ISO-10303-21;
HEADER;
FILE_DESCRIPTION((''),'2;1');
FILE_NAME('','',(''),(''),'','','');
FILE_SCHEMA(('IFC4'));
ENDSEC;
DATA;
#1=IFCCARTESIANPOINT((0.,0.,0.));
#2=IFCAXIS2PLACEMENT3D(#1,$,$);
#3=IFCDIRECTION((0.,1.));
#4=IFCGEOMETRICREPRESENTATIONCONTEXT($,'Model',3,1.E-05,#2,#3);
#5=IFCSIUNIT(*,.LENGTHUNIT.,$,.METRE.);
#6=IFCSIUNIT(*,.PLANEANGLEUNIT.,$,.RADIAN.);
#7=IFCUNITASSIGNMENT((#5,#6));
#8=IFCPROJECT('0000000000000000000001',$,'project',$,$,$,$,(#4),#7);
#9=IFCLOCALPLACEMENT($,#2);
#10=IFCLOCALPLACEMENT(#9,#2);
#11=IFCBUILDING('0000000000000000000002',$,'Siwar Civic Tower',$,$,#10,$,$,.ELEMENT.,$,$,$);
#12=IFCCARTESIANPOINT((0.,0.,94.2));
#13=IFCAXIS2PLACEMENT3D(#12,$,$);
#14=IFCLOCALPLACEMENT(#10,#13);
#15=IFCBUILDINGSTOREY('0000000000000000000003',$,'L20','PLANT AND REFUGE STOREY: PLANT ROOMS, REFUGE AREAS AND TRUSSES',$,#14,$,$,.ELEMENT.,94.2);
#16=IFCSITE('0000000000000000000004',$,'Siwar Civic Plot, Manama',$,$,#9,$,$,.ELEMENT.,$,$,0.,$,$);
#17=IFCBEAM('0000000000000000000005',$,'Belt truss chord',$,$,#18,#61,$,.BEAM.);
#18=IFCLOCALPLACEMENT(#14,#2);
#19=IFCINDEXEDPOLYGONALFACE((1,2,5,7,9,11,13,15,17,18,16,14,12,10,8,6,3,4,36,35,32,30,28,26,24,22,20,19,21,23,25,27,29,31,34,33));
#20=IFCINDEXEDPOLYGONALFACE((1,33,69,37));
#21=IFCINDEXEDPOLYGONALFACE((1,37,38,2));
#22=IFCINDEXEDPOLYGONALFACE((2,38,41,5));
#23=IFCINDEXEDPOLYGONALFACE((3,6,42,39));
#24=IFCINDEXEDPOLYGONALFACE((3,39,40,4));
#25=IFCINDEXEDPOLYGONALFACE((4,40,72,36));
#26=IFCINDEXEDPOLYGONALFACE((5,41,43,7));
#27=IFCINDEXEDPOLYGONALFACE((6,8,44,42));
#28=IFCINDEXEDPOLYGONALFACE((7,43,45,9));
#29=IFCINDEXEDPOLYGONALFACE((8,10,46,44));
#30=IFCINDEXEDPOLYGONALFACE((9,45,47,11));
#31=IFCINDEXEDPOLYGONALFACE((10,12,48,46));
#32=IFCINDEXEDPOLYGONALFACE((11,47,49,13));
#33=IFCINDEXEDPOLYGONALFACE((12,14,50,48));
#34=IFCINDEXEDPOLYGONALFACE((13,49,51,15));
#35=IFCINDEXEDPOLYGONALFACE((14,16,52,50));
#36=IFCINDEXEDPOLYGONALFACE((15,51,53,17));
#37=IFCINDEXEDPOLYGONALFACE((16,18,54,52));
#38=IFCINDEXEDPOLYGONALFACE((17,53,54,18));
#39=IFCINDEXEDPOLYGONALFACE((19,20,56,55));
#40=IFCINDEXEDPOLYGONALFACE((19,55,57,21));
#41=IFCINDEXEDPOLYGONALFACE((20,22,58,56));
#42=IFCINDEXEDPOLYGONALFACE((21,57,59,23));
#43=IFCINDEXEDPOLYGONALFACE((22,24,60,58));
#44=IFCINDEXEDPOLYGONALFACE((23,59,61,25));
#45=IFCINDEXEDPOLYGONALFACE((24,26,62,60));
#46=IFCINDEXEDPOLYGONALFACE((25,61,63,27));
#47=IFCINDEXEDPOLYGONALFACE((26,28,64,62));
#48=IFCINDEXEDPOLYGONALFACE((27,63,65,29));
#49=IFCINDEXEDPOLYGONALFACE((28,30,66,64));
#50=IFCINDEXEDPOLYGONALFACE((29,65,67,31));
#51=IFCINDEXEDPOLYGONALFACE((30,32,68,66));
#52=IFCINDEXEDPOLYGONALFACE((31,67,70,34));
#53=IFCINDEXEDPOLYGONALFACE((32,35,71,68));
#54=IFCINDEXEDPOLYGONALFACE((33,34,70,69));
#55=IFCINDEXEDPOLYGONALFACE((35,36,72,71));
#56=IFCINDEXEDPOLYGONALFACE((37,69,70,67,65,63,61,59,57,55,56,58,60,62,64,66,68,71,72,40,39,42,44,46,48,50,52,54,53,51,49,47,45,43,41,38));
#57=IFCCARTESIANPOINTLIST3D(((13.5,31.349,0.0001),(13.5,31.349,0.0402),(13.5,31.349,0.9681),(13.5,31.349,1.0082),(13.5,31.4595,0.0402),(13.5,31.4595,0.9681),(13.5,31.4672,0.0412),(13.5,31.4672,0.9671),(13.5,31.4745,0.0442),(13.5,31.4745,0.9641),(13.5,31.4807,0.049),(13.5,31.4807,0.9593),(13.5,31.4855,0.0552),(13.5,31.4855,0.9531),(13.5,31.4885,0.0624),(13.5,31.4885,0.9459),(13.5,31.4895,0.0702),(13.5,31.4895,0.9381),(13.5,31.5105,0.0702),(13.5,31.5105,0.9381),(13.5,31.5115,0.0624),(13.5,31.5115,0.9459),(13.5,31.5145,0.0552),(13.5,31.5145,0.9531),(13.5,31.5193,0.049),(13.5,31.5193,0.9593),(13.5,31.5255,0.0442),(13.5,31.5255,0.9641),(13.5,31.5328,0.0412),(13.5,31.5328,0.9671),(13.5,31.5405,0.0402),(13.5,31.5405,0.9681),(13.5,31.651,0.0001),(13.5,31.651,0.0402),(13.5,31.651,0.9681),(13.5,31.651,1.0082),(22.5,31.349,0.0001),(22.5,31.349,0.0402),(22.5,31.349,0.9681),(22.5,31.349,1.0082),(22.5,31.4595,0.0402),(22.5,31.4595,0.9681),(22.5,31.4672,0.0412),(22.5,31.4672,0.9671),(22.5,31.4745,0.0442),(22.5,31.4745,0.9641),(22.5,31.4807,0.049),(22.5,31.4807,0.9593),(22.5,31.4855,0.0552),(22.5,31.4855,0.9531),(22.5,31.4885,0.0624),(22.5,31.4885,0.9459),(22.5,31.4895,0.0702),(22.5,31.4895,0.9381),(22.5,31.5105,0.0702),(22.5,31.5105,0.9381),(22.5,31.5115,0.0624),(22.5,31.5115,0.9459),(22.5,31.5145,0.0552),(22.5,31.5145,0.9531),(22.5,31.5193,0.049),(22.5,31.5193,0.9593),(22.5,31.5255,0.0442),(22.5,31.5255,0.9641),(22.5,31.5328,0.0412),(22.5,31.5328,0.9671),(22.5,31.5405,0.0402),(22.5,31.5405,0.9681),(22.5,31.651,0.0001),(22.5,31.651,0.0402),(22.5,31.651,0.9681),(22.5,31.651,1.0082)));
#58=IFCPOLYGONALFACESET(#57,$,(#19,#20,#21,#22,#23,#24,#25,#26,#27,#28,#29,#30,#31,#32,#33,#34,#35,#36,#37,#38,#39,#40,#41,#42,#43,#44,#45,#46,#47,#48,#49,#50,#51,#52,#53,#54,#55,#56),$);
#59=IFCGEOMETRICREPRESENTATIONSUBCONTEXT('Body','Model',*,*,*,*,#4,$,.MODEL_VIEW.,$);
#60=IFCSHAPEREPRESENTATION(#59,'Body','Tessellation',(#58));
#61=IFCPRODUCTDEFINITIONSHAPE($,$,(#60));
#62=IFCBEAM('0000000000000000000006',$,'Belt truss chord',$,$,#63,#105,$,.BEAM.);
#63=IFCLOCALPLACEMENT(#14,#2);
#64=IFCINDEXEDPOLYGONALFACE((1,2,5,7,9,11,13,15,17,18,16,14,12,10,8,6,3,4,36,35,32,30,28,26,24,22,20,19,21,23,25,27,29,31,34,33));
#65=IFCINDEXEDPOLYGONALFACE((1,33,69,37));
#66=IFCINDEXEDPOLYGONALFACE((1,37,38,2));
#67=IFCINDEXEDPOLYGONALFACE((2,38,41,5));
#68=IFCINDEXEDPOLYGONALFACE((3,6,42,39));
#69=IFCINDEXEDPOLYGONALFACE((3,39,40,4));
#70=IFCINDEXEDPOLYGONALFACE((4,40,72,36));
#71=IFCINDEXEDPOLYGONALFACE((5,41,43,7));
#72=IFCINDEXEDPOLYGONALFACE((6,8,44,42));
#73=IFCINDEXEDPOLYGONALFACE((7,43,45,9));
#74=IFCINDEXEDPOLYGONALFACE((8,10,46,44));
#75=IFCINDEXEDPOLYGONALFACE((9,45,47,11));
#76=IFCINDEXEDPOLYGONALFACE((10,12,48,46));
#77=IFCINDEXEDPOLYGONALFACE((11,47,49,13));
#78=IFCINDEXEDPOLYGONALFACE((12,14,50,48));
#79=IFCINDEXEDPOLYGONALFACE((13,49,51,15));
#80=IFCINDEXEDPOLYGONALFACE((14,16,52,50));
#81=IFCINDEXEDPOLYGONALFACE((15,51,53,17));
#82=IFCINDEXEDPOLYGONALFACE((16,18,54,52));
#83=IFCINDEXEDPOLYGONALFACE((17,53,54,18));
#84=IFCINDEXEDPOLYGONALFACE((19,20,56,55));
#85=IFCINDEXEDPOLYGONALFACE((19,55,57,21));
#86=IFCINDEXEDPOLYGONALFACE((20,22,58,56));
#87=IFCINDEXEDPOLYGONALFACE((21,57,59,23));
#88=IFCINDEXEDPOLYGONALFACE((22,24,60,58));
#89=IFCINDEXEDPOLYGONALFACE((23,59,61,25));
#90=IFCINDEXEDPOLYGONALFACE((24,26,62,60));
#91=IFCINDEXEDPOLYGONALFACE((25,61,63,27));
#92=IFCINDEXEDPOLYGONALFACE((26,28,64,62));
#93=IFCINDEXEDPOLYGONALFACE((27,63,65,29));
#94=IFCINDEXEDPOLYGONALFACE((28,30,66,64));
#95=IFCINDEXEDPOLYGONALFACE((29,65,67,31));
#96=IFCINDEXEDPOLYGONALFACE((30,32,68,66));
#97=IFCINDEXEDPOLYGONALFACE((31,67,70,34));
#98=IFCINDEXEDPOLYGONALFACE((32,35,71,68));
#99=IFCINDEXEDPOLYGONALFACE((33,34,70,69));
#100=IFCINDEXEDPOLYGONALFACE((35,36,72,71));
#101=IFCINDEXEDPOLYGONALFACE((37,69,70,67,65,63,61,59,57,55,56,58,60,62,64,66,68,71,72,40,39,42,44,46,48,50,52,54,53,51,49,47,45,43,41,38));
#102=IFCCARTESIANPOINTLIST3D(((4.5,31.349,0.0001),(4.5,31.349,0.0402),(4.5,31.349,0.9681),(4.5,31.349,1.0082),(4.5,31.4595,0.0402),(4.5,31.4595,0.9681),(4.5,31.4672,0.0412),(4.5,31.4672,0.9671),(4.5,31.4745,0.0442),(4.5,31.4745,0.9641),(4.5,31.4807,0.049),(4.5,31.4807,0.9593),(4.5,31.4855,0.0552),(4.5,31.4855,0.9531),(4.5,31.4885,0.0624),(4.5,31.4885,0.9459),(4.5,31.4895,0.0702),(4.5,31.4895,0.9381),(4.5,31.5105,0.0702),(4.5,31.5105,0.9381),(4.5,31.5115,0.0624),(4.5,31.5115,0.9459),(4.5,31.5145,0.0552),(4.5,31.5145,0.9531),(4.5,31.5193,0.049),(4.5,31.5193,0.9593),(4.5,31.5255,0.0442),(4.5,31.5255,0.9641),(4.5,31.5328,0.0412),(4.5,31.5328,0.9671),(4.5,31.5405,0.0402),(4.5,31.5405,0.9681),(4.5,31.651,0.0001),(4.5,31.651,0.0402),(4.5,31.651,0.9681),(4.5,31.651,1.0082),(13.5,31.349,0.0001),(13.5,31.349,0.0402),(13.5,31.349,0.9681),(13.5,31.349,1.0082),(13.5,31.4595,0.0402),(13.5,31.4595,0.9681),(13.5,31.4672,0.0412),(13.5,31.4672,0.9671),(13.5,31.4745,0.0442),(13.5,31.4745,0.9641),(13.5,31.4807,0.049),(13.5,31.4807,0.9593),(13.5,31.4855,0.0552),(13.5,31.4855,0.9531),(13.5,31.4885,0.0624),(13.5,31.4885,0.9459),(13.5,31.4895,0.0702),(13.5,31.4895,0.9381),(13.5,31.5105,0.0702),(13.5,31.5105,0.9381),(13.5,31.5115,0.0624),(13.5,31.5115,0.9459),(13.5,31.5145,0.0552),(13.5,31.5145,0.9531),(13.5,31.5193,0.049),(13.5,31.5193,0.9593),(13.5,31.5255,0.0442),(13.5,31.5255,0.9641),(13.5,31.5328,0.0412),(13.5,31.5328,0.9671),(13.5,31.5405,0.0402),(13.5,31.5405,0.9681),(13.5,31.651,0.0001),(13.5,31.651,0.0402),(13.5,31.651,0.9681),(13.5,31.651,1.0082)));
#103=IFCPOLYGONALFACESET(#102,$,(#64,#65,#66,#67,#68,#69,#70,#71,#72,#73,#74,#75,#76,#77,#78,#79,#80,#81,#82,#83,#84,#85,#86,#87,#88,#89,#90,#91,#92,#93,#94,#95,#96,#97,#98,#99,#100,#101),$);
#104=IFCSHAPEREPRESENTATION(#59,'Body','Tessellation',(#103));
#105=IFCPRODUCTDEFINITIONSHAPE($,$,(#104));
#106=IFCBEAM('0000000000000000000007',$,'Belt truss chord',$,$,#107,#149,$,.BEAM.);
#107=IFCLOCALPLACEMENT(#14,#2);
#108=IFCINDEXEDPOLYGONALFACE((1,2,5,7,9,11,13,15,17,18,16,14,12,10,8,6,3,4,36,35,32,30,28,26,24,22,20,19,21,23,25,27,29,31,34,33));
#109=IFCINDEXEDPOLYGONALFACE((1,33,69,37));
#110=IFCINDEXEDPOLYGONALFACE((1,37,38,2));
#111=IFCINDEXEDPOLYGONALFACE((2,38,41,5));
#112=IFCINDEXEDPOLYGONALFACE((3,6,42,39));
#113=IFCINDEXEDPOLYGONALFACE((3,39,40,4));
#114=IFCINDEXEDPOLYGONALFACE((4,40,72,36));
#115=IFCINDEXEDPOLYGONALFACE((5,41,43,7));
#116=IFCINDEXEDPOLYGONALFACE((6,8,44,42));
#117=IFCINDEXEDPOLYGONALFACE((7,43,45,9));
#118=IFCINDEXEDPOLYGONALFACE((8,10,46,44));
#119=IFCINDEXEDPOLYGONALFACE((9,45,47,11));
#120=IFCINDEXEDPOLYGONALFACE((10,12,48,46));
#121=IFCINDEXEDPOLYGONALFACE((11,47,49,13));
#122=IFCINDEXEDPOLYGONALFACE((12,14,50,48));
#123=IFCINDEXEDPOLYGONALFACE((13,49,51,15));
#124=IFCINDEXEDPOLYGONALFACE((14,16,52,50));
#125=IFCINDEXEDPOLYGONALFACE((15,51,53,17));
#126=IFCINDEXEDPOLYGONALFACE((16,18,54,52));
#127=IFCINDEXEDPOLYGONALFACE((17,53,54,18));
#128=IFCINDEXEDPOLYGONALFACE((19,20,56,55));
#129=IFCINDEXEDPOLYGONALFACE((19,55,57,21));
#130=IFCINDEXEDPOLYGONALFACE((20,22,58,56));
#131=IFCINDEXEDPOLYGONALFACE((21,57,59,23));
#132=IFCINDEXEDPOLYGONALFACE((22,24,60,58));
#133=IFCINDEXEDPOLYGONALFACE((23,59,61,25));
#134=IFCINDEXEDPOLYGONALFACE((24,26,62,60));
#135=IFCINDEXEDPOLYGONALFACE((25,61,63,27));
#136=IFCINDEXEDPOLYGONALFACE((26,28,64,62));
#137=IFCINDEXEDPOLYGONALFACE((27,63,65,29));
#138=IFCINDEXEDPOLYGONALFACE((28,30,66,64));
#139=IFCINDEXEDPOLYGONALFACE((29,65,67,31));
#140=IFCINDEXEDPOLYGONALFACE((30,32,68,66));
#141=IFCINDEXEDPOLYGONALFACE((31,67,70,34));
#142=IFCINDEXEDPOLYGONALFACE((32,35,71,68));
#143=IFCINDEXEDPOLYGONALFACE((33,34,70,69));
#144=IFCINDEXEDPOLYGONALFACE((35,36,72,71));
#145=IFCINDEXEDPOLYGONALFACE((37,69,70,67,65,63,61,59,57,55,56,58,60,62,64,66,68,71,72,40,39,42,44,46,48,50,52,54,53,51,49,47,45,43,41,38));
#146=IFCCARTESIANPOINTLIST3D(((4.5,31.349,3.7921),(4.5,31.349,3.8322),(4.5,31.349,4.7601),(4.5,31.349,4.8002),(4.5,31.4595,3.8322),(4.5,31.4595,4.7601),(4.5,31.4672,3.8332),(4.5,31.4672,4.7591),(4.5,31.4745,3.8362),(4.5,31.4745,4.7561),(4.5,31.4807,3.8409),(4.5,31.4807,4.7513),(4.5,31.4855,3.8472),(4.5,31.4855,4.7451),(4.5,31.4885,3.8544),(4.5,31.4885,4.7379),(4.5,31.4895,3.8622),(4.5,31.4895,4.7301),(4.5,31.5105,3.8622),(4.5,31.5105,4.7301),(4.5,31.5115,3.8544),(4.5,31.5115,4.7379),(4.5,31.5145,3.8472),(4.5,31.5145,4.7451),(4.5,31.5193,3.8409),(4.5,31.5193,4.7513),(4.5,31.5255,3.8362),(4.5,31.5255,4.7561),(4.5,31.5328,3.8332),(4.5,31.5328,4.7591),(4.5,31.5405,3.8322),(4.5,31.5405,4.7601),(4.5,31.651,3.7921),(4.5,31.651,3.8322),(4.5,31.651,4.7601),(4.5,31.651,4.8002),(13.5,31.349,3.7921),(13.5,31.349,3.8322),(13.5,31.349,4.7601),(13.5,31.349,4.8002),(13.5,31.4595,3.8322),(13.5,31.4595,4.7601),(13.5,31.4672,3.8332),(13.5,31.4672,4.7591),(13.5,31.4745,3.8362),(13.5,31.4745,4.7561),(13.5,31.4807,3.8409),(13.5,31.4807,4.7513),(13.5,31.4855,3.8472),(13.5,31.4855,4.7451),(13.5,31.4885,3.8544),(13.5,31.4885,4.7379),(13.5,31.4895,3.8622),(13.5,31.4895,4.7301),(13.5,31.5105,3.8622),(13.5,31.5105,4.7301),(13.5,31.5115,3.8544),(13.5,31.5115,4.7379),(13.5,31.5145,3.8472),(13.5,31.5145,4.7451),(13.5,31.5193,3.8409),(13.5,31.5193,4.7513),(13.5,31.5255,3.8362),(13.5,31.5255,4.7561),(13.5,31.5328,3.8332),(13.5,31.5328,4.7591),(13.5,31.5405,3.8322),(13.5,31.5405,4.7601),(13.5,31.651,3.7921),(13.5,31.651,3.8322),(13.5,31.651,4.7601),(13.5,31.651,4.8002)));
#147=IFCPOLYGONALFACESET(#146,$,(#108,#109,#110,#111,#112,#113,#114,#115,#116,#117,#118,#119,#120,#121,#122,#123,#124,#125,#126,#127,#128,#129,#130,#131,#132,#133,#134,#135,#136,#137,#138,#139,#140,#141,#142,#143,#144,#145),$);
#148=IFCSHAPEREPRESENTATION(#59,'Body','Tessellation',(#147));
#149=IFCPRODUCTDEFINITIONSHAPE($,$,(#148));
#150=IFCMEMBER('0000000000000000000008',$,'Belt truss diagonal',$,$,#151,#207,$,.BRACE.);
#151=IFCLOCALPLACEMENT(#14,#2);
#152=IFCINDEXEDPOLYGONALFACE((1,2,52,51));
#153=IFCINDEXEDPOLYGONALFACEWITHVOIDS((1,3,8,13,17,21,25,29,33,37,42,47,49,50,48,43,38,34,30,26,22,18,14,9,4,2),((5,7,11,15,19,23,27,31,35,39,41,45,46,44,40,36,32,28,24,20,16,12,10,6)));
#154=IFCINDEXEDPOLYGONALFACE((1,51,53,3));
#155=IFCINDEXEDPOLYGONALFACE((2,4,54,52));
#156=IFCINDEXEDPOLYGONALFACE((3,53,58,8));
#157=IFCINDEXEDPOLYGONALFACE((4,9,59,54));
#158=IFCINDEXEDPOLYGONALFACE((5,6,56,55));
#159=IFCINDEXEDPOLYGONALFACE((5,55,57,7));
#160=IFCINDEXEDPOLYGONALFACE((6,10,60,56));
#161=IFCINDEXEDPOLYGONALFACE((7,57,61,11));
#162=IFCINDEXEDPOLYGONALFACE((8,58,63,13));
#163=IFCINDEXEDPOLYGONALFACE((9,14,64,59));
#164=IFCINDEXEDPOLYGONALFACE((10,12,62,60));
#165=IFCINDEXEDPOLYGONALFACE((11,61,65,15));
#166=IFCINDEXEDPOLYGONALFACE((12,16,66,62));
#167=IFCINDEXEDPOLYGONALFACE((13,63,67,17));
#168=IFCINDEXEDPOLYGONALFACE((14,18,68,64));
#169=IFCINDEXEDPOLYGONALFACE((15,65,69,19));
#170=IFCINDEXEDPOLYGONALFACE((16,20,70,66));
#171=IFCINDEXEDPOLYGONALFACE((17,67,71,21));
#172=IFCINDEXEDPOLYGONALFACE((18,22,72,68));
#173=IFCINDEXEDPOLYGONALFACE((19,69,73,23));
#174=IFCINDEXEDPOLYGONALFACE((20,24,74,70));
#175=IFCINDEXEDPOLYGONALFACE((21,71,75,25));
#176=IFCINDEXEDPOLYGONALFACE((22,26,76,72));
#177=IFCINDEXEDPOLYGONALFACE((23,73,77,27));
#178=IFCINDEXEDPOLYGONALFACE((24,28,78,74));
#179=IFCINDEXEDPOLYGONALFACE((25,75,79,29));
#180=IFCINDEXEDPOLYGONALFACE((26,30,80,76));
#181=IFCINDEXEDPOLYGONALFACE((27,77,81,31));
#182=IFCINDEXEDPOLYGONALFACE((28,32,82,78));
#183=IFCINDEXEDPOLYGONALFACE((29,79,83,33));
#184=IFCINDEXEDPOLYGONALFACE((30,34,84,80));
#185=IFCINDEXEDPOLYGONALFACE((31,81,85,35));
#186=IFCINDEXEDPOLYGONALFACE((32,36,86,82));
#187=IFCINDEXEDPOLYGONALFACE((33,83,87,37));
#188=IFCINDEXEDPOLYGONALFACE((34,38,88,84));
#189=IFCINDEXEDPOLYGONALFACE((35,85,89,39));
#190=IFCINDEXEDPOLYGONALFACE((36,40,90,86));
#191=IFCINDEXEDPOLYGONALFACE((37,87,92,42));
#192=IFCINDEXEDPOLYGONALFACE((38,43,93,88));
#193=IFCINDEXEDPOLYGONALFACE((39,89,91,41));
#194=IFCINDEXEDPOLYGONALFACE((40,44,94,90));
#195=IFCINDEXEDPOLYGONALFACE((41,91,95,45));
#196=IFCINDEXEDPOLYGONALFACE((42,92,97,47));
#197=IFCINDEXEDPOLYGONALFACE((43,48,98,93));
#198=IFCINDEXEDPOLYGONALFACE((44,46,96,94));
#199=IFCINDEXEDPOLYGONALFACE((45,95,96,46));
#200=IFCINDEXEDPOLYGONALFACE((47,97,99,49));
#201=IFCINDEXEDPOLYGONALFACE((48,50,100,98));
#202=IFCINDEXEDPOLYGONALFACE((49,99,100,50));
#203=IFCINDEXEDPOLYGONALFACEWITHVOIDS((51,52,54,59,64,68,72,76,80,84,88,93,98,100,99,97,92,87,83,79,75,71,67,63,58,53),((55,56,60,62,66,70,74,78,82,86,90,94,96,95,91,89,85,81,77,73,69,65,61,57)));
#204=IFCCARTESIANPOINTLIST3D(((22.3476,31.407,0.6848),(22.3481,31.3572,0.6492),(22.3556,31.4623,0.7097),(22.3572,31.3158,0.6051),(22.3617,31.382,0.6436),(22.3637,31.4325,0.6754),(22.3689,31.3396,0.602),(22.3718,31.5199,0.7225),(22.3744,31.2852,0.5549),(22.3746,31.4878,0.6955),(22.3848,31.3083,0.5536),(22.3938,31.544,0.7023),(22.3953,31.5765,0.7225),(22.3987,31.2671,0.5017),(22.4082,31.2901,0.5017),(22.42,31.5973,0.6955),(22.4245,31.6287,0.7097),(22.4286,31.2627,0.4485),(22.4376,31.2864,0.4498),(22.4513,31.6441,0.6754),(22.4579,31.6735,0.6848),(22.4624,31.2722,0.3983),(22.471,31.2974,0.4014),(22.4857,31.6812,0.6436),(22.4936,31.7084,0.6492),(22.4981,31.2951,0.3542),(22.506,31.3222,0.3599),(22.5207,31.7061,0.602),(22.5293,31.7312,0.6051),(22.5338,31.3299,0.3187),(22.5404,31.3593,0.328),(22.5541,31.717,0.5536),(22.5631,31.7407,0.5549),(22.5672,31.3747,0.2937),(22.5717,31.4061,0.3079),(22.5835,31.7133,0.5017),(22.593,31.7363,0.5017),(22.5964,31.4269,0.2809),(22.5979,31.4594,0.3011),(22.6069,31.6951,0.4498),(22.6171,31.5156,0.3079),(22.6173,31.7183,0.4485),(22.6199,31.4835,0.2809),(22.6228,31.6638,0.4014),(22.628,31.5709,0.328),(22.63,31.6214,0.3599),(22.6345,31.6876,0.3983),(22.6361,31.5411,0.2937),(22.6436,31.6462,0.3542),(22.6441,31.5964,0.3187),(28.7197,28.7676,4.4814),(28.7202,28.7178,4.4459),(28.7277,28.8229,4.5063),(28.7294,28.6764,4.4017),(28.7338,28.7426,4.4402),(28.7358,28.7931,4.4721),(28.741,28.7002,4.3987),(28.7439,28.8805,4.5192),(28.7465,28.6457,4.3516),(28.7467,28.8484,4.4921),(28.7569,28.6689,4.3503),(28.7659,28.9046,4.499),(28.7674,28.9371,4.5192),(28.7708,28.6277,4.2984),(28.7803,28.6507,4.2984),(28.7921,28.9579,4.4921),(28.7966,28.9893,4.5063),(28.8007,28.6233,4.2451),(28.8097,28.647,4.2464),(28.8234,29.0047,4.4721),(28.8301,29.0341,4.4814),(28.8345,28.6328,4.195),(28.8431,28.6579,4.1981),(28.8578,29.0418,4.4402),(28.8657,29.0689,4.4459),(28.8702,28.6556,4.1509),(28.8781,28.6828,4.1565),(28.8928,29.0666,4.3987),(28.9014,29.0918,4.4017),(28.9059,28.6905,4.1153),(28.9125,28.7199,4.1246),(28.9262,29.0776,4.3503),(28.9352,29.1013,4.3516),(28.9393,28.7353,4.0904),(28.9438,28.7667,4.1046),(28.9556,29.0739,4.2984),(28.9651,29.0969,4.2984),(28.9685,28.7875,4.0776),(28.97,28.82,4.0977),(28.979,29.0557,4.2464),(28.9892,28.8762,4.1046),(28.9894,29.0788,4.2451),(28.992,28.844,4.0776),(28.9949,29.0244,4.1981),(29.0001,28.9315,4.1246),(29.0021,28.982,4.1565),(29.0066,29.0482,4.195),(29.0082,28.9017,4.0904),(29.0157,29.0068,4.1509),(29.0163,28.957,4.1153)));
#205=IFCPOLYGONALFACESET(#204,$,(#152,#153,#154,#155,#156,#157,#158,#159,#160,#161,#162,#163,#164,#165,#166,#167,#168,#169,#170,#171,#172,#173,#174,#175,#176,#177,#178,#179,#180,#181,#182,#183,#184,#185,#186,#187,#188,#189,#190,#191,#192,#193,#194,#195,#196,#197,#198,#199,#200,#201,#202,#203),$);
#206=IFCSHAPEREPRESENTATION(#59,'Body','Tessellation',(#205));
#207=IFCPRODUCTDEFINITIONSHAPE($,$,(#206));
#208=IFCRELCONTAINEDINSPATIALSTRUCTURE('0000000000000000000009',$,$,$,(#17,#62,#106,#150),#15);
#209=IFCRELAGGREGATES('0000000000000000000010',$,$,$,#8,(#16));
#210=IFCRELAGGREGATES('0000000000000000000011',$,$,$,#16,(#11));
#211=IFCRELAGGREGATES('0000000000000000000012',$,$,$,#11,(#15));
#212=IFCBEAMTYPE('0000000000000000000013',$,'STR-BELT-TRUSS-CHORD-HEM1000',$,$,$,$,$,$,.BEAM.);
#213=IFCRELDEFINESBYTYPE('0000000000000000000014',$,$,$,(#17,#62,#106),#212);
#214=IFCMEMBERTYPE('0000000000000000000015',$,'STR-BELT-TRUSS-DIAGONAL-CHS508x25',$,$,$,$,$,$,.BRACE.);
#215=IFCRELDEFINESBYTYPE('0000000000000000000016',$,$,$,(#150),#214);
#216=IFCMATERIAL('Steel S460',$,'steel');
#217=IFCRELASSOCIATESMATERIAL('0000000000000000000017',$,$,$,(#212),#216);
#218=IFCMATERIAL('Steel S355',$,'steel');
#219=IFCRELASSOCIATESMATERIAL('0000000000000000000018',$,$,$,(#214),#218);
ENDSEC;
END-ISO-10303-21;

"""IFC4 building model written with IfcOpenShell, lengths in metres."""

from ifc_helpers import new_model, si_unit, direction, frame, origin, origin_2d, place, context, subcontext, project, spatial, hollow_circle, i_section, extrude, material, material_profile, profile_set, type_object, element, save


model = new_model("IFC4")

# Units and contexts
model_context = context("Model", 3, precision=1e-05, world=origin(), true_north=direction((0.0, 1.0)))
body_context = subcontext(model_context, "Body", "Model", "MODEL_VIEW")
ifc_project = project(units=[si_unit("LENGTHUNIT", "METRE"), si_unit("PLANEANGLEUNIT", "RADIAN")], contexts=[model_context])

# Site, building, storey
site_placement = place(None, origin())
site = spatial("IfcSite", under=ifc_project, at=site_placement, Name="Siwar Civic Plot, Manama", CompositionType="ELEMENT", RefElevation=0.0)
building_placement = place(site_placement, origin())
building = spatial("IfcBuilding", under=site, at=building_placement, Name="Siwar Civic Tower", CompositionType="ELEMENT")
storey_placement = place(building_placement, frame((0.0, 0.0, 94.2)))
storey = spatial("IfcBuildingStorey", under=building, at=storey_placement, Name="L20", Description="PLANT AND REFUGE STOREY: PLANT ROOMS, REFUGE AREAS AND TRUSSES", CompositionType="ELEMENT", Elevation=94.2)

# Beams
ifc_material_1 = material(Name="Steel S460", Category="steel")
ifc_material_profile_1 = material_profile(ifc_material_1, i_section(OverallWidth=0.302, OverallDepth=1.0081, WebThickness=0.021, FlangeThickness=0.04, FilletRadius=0.03, at=origin_2d()), Name="HEM1000")
ifc_profile_set_1 = profile_set([ifc_material_profile_1], Name="Steel S460")
beam_type_1 = type_object("IfcBeamType", Name="STR-BELT-TRUSS-CHORD-HEM1000", PredefinedType="BEAM", material=ifc_profile_set_1)
for number, where, z_axis, x_axis, name in (
    (1, (22.5, 31.5, 0.5042), (-1.0, 0.0, 0.0), (0.0, -1.0, 0.0), "Belt truss chord"),
    (2, (13.5, 31.5, 0.5042), (-1.0, 0.0, 0.0), (0.0, -1.0, 0.0), "Belt truss chord"),
    (3, (13.5, 31.5, 4.2961), (-1.0, 0.0, 0.0), (0.0, -1.0, 0.0), "Belt truss chord"),
):
    element("IfcBeam", number, at=place(storey_placement, frame(where, z_axis=z_axis, x_axis=x_axis)), inside=storey, type_object=beam_type_1, Name=name, PredefinedType="BEAM", context=body_context, shape_type="SweptSolid", body=[
        extrude(i_section(OverallWidth=0.302, OverallDepth=1.0081, WebThickness=0.021, FlangeThickness=0.04, FilletRadius=0.03, at=origin_2d()), origin(), (0.0, 0.0, 1.0), 9.0),
    ])

# Member
ifc_material_2 = material(Name="Steel S355", Category="steel")
ifc_material_profile_2 = material_profile(ifc_material_2, hollow_circle(Radius=0.2539, WallThickness=0.0249, at=origin_2d()), Name="CHS508x25")
ifc_profile_set_2 = profile_set([ifc_material_profile_2], Name="Steel S355")
member_type_1 = type_object("IfcMemberType", Name="STR-BELT-TRUSS-DIAGONAL-CHS508x25", PredefinedType="BRACE", material=ifc_profile_set_2)
member_1_placement = place(storey_placement, frame((22.4958, 31.5017, 0.5017), z_axis=(0.809357, -0.335248, 0.482234), x_axis=(0.382684, 0.923879, 0.0)))
element("IfcMember", 4, at=member_1_placement, inside=storey, type_object=member_type_1, Name="Belt truss diagonal", PredefinedType="BRACE", context=body_context, shape_type="SweptSolid", body=[
    extrude(hollow_circle(Radius=0.2539, WallThickness=0.0249, at=origin_2d()), origin(), (0.0, 0.0, 1.0), 7.873),
])

save(model, "model.ifc")
